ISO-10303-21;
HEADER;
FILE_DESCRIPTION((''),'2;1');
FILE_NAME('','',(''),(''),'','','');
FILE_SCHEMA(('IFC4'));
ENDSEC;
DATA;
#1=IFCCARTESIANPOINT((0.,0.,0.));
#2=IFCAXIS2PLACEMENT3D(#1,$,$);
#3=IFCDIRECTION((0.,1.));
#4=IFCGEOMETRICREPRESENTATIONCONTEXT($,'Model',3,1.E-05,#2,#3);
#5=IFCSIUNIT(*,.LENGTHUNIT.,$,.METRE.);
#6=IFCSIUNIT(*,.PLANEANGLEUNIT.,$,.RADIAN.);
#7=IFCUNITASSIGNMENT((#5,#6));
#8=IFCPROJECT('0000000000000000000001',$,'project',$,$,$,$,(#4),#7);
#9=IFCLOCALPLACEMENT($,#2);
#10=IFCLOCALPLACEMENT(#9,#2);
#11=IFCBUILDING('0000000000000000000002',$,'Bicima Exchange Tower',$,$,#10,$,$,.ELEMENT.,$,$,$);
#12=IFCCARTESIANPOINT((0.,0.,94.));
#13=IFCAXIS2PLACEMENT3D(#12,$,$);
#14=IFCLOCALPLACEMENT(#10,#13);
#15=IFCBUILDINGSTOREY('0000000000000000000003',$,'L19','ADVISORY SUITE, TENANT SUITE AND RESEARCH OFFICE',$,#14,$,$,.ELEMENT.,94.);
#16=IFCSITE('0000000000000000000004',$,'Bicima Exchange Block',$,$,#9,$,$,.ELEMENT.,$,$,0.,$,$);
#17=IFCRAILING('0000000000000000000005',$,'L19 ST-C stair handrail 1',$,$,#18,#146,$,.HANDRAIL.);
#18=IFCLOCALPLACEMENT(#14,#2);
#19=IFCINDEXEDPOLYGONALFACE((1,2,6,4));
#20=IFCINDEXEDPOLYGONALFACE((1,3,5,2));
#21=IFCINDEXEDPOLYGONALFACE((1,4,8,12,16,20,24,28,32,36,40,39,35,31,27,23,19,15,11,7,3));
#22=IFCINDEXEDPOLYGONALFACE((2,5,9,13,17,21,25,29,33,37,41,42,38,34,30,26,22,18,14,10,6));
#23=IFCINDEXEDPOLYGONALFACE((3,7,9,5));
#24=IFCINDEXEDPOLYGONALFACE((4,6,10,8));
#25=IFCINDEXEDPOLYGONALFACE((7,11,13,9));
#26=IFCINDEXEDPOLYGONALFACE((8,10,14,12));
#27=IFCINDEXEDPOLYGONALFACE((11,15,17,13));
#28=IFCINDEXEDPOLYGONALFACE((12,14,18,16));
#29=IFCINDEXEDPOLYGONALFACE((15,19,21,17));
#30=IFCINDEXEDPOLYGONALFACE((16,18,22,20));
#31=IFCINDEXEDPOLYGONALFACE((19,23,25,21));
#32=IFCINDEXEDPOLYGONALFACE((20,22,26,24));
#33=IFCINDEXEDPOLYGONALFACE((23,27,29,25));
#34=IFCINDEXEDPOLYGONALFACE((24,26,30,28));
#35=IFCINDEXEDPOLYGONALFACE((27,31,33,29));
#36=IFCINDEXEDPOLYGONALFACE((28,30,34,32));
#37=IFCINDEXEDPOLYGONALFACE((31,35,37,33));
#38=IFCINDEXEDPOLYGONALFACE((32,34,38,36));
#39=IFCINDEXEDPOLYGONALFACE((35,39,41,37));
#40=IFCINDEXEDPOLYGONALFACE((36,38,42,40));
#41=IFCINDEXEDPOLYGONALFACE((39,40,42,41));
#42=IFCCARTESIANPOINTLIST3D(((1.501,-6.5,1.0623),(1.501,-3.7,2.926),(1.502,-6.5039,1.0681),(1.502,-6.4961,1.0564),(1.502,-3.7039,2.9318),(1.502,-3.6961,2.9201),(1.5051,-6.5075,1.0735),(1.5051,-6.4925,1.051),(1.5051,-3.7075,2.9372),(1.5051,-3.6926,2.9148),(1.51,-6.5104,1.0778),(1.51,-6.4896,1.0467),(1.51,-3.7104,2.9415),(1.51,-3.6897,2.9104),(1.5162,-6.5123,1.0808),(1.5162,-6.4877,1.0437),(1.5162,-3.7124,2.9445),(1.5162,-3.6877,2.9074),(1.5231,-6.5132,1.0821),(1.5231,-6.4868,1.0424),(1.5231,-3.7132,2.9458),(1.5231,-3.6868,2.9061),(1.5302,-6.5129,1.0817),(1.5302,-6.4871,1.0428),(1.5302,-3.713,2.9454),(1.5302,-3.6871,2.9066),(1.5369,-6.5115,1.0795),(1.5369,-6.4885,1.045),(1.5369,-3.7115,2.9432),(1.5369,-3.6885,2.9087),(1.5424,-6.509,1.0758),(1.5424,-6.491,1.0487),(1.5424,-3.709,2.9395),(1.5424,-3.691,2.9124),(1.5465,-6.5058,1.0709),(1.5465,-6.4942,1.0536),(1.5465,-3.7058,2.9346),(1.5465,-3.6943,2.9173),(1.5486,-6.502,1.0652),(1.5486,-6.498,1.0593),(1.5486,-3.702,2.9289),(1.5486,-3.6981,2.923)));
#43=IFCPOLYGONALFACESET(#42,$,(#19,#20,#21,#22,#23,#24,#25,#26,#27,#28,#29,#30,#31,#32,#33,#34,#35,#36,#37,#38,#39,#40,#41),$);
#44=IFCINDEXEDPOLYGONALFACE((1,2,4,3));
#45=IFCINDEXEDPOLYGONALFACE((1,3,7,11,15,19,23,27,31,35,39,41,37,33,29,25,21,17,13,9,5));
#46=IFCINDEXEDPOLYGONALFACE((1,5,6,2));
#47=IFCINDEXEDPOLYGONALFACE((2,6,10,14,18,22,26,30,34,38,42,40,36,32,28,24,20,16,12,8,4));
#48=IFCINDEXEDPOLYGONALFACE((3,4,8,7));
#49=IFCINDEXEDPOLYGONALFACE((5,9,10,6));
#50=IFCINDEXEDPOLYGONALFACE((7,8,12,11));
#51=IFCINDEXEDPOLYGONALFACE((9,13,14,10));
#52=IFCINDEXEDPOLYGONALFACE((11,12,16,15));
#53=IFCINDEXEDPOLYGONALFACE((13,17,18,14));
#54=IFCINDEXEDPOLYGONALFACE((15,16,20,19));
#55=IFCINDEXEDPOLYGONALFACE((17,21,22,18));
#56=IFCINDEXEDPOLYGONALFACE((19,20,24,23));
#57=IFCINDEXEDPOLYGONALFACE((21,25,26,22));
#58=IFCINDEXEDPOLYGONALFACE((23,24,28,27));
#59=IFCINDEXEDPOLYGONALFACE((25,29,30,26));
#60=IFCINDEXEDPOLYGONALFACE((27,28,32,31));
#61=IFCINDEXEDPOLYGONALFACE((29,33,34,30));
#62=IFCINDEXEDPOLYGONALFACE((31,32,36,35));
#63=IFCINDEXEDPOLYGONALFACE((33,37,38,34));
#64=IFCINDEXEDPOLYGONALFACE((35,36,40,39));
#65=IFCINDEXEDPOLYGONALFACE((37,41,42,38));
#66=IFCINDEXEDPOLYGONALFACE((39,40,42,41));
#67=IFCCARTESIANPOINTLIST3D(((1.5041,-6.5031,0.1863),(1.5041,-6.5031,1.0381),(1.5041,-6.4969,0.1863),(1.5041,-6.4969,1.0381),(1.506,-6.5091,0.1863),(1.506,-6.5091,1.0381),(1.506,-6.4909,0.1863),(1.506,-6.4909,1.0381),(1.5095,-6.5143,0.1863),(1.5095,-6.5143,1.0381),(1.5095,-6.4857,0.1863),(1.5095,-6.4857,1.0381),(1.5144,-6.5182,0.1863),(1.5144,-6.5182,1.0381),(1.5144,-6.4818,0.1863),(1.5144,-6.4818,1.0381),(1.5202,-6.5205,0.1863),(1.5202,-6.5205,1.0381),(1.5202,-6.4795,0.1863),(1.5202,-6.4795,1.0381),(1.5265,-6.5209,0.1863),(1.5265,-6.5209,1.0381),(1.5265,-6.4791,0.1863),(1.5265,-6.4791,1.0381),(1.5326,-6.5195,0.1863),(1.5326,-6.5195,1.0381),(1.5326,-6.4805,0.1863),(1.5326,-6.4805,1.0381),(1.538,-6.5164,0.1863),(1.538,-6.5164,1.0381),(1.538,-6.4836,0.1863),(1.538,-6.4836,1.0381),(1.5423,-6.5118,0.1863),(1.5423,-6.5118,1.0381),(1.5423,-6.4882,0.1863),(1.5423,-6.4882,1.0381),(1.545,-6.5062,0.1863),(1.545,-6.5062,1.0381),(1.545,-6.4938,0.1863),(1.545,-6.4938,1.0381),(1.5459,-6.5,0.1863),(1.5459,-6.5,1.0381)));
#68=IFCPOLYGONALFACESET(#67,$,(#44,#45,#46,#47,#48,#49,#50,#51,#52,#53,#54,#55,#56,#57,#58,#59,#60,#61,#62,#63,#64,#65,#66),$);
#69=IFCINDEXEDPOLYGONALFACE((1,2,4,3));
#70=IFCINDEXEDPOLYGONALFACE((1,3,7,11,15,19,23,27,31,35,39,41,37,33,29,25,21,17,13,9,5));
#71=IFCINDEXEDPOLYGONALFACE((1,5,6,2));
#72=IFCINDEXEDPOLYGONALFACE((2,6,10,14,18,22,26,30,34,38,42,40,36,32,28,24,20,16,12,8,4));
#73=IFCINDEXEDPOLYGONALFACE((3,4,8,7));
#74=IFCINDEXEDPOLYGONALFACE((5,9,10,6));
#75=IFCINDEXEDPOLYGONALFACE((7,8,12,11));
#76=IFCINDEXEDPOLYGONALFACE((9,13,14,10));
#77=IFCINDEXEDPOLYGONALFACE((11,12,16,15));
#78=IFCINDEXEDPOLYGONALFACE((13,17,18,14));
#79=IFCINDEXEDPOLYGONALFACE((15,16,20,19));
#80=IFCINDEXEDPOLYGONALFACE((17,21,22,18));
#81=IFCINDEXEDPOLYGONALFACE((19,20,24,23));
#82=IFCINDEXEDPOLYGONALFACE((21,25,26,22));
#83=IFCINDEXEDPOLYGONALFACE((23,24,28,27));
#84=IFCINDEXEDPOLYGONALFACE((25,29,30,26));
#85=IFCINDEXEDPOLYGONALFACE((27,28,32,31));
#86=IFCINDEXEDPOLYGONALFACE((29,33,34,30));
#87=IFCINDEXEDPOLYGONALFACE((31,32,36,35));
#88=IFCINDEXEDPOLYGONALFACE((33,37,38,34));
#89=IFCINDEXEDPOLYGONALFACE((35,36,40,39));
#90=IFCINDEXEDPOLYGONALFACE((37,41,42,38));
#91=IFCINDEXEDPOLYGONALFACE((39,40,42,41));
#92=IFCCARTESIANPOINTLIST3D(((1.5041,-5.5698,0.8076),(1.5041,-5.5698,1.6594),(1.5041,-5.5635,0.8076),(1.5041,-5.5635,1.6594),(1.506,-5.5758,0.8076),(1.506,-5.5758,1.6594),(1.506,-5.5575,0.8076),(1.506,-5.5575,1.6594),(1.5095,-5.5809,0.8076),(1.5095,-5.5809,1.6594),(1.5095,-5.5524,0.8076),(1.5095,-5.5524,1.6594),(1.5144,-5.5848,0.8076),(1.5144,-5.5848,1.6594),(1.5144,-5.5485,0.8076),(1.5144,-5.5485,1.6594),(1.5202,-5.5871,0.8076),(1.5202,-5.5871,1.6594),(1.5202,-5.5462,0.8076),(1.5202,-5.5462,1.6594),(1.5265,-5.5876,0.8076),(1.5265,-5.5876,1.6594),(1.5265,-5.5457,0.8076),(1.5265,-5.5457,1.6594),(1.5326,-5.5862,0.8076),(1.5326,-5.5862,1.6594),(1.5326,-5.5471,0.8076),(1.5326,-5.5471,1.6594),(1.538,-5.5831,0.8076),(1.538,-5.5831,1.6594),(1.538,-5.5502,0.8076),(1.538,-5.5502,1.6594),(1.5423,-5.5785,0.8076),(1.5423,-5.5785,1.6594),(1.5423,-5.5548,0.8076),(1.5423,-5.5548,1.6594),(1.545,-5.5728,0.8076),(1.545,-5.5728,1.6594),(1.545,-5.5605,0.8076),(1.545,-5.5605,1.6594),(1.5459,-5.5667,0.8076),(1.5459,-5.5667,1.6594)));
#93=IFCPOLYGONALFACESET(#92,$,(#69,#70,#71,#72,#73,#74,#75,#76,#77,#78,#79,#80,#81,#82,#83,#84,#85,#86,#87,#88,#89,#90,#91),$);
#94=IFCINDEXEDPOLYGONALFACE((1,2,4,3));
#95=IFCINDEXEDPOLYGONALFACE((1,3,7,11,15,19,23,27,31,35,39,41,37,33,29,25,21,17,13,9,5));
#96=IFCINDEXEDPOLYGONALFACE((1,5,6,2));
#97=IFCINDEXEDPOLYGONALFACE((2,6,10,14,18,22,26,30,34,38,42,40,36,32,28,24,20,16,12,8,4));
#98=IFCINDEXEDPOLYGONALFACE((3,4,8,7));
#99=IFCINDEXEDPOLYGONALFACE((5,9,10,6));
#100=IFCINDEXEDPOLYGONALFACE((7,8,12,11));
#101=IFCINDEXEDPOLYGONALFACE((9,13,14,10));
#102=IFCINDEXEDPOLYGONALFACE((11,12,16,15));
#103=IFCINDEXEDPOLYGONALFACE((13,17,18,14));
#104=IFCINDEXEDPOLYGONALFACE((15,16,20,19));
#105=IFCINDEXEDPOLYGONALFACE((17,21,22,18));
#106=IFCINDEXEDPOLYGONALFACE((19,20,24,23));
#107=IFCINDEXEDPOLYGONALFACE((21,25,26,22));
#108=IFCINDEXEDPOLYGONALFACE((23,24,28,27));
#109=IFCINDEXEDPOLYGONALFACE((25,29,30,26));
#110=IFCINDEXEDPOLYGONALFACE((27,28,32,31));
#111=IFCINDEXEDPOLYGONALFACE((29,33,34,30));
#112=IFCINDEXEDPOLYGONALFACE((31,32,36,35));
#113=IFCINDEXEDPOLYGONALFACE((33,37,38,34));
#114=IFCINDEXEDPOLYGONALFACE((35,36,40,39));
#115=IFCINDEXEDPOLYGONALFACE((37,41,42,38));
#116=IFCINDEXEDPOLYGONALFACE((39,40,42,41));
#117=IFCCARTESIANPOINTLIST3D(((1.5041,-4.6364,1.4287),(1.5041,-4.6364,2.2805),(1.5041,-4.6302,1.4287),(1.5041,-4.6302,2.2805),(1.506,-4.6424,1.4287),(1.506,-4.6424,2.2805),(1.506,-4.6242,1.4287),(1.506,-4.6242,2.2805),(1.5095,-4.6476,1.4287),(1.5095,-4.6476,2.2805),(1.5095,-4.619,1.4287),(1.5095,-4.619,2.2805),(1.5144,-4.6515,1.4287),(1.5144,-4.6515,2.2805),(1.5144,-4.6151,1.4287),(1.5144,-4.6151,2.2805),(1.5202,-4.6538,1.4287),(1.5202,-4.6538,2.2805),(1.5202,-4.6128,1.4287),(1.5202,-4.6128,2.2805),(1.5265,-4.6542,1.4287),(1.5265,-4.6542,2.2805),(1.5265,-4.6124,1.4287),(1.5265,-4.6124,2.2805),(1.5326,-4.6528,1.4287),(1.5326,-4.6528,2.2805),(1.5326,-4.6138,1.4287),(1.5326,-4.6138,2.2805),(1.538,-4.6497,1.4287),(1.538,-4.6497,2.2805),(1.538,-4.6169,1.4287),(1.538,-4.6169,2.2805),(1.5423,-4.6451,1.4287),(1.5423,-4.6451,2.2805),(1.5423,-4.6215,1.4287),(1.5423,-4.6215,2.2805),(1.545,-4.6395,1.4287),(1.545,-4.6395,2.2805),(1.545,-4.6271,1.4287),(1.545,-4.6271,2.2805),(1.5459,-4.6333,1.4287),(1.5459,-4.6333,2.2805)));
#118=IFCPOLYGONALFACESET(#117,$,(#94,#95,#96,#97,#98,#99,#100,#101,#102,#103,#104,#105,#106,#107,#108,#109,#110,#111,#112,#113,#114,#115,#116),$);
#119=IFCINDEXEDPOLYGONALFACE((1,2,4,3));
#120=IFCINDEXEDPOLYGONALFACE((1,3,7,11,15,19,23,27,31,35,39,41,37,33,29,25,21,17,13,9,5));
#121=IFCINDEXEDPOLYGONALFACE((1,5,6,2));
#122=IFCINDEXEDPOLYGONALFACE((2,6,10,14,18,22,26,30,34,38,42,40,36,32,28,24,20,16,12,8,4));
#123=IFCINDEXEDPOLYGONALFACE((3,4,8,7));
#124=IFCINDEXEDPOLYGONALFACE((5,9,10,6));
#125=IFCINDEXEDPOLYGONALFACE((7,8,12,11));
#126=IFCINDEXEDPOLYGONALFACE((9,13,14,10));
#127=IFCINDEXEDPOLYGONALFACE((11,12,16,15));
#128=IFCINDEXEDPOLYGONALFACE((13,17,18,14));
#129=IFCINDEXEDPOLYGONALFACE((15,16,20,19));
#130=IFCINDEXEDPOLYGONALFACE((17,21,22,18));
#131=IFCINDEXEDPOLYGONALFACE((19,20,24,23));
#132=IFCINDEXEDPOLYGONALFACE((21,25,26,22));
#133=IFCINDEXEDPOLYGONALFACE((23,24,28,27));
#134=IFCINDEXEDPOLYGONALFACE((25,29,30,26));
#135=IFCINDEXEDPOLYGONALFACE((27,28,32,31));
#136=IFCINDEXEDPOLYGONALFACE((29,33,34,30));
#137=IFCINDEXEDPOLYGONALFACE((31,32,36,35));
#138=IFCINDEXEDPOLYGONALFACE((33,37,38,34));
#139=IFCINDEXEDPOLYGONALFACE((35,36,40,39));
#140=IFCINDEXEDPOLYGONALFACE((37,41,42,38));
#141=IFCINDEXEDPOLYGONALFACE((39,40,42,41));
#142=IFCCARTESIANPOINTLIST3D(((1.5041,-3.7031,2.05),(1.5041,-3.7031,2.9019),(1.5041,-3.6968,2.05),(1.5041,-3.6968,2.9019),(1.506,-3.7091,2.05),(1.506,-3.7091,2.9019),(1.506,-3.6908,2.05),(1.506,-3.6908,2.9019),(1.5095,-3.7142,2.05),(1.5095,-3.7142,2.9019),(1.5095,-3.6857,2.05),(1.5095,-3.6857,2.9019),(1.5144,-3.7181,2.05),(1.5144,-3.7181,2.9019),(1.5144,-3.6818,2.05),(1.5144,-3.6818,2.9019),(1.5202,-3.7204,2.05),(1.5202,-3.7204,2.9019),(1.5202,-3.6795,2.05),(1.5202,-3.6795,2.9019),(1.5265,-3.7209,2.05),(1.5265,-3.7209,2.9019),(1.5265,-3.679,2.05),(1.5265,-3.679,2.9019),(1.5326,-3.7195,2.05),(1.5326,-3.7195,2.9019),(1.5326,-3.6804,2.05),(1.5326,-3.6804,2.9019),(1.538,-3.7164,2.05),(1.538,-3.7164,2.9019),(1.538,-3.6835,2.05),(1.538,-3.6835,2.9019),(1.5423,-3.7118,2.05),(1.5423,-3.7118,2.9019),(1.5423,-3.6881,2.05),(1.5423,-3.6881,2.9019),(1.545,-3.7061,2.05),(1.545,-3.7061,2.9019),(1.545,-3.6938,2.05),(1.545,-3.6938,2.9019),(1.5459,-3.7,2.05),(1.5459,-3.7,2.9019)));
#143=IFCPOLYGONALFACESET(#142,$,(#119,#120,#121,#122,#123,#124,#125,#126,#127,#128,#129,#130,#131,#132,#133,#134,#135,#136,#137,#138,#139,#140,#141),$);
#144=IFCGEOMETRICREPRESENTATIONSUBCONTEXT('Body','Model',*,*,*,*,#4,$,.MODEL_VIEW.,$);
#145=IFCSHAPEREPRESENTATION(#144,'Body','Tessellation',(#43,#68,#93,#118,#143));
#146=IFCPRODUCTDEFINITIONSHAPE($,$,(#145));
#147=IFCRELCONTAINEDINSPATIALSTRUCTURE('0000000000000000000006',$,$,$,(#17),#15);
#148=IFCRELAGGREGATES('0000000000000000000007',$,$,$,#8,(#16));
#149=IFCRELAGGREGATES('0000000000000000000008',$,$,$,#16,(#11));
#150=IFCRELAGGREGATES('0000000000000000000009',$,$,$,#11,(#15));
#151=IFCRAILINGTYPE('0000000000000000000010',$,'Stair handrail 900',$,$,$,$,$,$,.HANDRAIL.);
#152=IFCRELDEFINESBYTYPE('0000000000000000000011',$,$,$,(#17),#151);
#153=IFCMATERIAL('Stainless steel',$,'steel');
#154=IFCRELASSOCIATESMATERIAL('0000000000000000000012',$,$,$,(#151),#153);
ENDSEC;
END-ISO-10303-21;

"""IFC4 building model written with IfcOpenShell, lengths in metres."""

from ifc_helpers import new_model, si_unit, direction, frame, origin, origin_2d, place, context, subcontext, project, spatial, circle, extrude, material, type_object, element, save


model = new_model("IFC4")

# Units and contexts
model_context = context("Model", 3, precision=1e-05, world=origin(), true_north=direction((0.0, 1.0)))
body_context = subcontext(model_context, "Body", "Model", "MODEL_VIEW")
ifc_project = project(units=[si_unit("LENGTHUNIT", "METRE"), si_unit("PLANEANGLEUNIT", "RADIAN")], contexts=[model_context])

# Site, building, storey
site_placement = place(None, origin())
site = spatial("IfcSite", under=ifc_project, at=site_placement, Name="Bicima Exchange Block", CompositionType="ELEMENT", RefElevation=0.0)
building_placement = place(site_placement, origin())
building = spatial("IfcBuilding", under=site, at=building_placement, Name="Bicima Exchange Tower", CompositionType="ELEMENT")
storey_placement = place(building_placement, frame((0.0, 0.0, 94.0)))
storey = spatial("IfcBuildingStorey", under=building, at=storey_placement, Name="L19", Description="ADVISORY SUITE, TENANT SUITE AND RESEARCH OFFICE", CompositionType="ELEMENT", Elevation=94.0)

# Shared definitions
ifc_material_1 = material(Name="Stainless steel", Category="steel")

# Railing
railing_type_1 = type_object("IfcRailingType", Name="Stair handrail 900", PredefinedType="HANDRAIL", material=ifc_material_1)
railing_1_placement = place(storey_placement, frame((1.5249, -6.5, 0.1863)))
element("IfcRailing", 1, at=railing_1_placement, inside=storey, type_object=railing_type_1, Name="L19 ST-C stair handrail 1", PredefinedType="HANDRAIL", context=body_context, shape_type="SweptSolid", body=[
    extrude(circle(Radius=0.0239, at=origin_2d()), frame((0.0, 0.0, 0.876), z_axis=(0.0, 0.832452, 0.554097), x_axis=(-1.0, 0.0, 0.0)), (0.0, 0.0, 1.0), 3.3635),
    extrude(circle(Radius=0.021, at=origin_2d()), origin(), (0.0, 0.0, 1.0), 0.8518),
    extrude(circle(Radius=0.021, at=origin_2d()), frame((0.0, 0.9333, 0.6213)), (0.0, 0.0, 1.0), 0.8518),
    extrude(circle(Radius=0.021, at=origin_2d()), frame((0.0, 1.8667, 1.2424)), (0.0, 0.0, 1.0), 0.8518),
    extrude(circle(Radius=0.021, at=origin_2d()), frame((0.0, 2.8, 1.8638)), (0.0, 0.0, 1.0), 0.8518),
])

save(model, "model.ifc")
